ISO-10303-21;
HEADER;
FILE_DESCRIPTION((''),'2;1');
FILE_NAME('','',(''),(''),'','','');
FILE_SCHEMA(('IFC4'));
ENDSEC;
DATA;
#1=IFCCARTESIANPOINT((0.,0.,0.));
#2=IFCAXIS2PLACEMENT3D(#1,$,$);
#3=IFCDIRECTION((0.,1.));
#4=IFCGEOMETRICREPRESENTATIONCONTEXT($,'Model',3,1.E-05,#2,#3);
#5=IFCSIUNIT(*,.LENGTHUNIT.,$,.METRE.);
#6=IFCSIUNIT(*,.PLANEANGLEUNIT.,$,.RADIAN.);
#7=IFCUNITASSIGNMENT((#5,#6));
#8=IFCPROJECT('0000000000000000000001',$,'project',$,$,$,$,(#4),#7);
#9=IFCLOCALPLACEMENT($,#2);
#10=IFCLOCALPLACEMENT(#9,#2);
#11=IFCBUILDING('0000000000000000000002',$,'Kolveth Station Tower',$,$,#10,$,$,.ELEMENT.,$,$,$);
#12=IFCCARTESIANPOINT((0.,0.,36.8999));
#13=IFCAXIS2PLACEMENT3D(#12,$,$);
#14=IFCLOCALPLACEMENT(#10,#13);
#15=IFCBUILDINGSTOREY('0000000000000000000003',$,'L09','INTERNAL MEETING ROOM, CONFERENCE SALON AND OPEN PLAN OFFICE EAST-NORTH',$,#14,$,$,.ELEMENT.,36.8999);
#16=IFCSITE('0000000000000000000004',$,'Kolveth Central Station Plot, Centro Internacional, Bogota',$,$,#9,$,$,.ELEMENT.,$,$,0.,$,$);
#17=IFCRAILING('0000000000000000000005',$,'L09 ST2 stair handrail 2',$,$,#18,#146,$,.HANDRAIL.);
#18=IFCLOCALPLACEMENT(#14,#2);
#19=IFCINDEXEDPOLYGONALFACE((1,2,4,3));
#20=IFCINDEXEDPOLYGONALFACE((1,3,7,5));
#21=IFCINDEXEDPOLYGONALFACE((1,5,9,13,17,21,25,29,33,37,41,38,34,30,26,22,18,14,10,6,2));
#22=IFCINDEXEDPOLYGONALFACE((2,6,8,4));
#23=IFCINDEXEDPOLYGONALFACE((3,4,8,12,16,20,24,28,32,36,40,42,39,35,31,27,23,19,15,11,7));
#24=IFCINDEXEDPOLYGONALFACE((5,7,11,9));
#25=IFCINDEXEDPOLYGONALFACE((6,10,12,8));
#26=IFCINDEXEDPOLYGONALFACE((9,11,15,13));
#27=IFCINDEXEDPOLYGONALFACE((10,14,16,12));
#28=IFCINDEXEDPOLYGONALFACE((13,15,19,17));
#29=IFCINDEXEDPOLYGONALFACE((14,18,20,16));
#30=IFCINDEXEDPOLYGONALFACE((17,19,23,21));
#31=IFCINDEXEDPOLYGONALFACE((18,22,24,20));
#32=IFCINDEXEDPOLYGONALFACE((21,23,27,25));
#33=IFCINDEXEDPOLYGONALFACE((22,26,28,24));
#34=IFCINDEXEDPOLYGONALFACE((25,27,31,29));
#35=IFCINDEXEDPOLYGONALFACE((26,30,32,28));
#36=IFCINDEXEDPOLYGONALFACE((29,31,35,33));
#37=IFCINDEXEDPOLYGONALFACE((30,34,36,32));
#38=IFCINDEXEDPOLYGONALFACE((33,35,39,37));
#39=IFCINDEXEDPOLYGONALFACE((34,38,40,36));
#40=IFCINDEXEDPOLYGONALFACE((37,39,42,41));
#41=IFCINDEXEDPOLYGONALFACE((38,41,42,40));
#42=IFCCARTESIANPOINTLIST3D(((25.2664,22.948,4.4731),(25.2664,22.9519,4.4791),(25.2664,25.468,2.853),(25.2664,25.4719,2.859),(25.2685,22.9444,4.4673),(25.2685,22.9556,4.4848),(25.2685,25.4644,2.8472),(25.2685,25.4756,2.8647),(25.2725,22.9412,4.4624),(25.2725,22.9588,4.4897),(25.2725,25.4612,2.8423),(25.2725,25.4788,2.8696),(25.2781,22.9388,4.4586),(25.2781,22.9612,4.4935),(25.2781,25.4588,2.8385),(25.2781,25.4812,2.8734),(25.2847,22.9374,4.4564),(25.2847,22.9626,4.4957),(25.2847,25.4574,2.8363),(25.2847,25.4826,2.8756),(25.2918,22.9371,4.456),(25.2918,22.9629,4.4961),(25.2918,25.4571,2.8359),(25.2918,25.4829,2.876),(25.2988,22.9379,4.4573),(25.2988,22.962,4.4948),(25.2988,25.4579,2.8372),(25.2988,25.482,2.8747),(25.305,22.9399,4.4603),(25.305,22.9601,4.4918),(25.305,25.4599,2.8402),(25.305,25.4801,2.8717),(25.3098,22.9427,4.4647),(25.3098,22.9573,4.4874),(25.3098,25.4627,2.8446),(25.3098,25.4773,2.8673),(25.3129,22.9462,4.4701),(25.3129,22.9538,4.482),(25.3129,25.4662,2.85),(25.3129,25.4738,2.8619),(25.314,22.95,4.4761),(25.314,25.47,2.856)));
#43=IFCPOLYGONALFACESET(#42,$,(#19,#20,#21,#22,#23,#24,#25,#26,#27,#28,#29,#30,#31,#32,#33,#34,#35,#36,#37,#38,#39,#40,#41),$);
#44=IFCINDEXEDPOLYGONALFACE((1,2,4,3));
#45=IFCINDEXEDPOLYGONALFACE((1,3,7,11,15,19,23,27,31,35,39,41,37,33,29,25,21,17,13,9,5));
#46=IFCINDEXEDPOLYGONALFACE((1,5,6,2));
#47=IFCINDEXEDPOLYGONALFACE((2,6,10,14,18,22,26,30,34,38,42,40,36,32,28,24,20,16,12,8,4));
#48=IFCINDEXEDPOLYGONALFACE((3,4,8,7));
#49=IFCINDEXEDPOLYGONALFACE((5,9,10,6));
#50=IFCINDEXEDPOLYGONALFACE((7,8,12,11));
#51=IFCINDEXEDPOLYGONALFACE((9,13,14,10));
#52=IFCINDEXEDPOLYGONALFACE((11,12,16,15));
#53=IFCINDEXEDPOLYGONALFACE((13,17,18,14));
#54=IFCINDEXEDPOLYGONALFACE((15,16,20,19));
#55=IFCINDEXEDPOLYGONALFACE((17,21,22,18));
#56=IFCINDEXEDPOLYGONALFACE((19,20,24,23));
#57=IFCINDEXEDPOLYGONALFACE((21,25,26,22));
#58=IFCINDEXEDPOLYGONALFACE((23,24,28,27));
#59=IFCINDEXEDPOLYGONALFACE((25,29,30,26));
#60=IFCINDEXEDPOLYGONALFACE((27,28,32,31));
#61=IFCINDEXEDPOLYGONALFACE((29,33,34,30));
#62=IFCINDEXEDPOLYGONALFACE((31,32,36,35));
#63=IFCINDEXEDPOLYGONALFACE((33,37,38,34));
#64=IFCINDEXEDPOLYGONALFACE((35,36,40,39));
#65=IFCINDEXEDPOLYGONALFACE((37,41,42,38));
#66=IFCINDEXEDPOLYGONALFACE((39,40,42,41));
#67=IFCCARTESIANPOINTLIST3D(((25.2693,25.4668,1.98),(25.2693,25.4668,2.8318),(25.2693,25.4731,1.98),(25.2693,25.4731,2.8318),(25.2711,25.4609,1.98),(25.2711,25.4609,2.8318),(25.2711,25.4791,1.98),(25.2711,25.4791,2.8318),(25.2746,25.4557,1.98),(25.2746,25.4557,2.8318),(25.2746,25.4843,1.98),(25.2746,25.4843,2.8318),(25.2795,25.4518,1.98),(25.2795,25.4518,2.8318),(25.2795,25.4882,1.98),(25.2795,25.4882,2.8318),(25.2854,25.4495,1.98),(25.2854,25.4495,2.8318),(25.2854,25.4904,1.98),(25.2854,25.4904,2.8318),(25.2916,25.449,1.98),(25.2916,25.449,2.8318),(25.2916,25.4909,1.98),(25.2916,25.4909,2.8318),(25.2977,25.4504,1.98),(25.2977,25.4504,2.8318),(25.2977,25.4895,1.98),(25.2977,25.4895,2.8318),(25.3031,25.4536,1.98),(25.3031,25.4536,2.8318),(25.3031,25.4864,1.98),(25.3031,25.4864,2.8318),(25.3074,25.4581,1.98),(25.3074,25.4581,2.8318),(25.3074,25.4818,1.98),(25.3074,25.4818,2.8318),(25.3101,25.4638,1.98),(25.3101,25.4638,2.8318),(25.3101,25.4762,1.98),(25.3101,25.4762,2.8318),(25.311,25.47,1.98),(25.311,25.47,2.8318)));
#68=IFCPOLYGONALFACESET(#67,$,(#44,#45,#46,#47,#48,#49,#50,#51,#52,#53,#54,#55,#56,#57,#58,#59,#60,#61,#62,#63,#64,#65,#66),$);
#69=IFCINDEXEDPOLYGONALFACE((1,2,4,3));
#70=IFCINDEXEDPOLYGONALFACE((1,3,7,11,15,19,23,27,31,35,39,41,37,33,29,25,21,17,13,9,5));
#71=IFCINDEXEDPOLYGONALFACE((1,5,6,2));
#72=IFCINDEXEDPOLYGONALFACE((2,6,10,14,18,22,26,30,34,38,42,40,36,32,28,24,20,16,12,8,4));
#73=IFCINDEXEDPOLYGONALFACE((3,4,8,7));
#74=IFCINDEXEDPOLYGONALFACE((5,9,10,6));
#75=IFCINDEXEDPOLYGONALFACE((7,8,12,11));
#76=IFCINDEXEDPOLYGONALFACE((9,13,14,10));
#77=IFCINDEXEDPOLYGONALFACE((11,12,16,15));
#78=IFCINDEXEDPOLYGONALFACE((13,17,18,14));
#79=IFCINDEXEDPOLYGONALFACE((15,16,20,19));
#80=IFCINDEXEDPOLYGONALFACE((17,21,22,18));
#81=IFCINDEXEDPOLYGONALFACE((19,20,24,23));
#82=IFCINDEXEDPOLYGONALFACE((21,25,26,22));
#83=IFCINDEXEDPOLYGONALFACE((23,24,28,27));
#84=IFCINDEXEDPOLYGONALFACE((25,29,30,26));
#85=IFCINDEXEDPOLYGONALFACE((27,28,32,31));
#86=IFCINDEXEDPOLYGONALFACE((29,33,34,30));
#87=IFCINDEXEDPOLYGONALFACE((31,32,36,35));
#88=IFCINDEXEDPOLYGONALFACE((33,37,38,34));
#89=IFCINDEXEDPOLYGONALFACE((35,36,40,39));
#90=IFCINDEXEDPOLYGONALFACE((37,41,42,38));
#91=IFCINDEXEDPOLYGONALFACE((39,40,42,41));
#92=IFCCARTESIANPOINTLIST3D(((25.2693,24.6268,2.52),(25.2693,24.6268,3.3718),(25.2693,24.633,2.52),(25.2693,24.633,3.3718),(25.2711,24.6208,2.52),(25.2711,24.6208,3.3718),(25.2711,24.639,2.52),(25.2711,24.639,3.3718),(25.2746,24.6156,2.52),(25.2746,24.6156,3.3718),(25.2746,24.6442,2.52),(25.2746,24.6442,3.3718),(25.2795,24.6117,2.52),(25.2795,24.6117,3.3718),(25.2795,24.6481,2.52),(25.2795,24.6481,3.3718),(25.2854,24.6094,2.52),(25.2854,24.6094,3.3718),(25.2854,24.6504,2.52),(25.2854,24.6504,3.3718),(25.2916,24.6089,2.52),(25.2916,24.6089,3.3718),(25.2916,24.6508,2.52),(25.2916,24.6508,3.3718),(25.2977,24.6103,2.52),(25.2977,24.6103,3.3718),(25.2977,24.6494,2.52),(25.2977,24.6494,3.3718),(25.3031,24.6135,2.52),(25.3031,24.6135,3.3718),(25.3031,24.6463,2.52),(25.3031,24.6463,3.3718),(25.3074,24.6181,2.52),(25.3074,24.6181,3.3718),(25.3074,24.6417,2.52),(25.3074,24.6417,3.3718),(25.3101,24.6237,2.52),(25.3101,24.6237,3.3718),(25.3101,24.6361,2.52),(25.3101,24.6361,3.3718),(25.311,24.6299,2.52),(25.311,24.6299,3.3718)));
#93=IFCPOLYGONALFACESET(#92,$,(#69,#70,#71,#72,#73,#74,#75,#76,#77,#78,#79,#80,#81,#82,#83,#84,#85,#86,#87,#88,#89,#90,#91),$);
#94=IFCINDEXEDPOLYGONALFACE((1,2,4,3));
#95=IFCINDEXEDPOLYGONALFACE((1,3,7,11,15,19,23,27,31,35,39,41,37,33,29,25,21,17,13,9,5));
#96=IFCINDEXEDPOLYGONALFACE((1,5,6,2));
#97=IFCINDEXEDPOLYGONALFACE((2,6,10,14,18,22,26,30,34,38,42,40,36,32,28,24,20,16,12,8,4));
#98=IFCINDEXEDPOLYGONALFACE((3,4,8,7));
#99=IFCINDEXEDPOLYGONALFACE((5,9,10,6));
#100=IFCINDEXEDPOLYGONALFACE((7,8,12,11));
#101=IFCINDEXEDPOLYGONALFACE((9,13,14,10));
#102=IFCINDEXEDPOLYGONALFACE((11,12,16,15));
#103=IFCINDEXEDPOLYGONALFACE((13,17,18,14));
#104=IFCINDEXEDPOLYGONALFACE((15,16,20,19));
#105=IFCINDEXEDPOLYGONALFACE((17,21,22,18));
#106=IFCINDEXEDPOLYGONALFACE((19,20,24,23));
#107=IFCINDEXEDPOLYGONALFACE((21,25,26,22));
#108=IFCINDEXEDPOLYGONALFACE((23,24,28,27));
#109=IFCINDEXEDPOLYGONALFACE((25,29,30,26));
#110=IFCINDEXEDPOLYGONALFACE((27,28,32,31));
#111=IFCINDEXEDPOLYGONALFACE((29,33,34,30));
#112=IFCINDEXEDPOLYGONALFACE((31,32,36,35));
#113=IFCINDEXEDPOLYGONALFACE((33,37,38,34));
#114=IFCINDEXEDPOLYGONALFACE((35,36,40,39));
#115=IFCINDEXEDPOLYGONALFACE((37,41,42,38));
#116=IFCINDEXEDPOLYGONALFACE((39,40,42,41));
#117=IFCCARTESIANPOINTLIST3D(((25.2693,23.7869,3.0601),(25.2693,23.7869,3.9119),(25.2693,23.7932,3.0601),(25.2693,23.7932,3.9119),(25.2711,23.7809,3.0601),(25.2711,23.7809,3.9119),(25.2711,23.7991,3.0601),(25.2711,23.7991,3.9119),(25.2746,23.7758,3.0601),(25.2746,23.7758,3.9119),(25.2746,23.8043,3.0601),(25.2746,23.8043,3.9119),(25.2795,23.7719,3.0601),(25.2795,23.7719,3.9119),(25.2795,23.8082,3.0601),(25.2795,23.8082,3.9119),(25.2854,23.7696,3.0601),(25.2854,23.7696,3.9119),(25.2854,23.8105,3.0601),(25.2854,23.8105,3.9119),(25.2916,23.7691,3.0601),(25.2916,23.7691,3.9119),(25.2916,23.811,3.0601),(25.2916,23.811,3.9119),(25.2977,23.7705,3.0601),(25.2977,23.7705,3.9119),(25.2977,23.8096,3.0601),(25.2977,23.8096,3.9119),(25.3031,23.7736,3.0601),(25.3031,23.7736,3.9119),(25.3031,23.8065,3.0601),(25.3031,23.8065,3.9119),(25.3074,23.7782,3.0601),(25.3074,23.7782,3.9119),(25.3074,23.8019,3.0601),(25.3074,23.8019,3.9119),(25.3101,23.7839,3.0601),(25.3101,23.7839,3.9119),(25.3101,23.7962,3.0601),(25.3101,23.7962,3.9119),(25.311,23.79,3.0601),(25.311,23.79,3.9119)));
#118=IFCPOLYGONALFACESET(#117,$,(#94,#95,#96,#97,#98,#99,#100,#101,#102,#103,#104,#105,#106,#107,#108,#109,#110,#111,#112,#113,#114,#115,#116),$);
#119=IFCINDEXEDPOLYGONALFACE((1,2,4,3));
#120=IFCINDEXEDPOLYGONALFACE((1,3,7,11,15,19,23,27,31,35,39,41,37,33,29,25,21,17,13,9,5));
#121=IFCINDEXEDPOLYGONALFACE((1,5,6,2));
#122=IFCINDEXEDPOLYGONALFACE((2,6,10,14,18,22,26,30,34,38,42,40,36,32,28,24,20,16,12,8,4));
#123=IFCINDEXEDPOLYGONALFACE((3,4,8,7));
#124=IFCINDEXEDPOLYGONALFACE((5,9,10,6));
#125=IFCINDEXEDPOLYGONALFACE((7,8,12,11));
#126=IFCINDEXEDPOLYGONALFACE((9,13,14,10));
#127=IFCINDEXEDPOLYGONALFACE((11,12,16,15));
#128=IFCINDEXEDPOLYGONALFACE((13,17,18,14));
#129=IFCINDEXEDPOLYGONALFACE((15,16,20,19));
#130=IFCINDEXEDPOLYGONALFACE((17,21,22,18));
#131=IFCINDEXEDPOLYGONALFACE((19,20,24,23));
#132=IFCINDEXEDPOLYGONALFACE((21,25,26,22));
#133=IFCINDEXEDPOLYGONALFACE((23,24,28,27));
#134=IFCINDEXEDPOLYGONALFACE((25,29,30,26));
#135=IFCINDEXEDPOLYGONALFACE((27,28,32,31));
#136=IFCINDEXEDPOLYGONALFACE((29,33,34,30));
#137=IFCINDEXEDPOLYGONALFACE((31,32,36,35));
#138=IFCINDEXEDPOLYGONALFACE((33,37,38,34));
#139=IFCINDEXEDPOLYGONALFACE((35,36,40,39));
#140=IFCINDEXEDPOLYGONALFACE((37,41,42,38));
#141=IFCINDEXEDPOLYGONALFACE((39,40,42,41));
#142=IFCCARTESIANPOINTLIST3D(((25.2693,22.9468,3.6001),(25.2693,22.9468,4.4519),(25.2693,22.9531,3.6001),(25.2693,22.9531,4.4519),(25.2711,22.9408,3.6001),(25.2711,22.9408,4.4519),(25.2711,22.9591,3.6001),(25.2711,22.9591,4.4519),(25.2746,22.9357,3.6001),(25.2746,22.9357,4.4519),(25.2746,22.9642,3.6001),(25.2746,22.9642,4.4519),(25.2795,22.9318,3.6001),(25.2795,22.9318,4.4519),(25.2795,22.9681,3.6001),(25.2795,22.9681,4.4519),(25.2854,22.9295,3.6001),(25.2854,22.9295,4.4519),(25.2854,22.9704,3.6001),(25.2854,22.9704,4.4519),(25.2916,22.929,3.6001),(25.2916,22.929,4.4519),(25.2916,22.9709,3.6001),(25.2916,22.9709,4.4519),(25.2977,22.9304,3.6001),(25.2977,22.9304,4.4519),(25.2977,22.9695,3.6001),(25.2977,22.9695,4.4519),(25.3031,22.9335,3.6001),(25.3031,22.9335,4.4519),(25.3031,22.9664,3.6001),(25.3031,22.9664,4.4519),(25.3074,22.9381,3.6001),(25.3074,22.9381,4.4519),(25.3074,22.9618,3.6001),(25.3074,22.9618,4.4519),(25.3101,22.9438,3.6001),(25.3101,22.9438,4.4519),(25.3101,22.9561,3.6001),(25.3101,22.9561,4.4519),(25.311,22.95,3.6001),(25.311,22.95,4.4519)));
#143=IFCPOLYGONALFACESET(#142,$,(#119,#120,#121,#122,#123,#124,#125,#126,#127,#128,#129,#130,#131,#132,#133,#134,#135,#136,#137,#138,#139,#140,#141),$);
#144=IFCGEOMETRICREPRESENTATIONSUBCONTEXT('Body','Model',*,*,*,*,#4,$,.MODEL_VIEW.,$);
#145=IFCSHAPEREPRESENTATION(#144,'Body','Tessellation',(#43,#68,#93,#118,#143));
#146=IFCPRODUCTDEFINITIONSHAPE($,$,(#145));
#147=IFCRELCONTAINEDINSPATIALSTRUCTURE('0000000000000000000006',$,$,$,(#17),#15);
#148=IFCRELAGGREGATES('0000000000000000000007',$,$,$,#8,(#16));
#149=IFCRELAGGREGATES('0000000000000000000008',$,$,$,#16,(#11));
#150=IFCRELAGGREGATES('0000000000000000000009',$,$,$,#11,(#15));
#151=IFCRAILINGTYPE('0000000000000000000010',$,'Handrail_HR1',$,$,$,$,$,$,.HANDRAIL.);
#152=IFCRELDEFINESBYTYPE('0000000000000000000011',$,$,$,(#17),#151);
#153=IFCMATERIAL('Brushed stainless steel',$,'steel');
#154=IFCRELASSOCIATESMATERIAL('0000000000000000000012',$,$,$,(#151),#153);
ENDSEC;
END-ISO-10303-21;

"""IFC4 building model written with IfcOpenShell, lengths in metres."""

from ifc_helpers import new_model, si_unit, direction, frame, origin, origin_2d, place, context, subcontext, project, spatial, circle, extrude, material, type_object, element, save


model = new_model("IFC4")

# Units and contexts
model_context = context("Model", 3, precision=1e-05, world=origin(), true_north=direction((0.0, 1.0)))
body_context = subcontext(model_context, "Body", "Model", "MODEL_VIEW")
ifc_project = project(units=[si_unit("LENGTHUNIT", "METRE"), si_unit("PLANEANGLEUNIT", "RADIAN")], contexts=[model_context])

# Site, building, storey
site_placement = place(None, origin())
site = spatial("IfcSite", under=ifc_project, at=site_placement, Name="Kolveth Central Station Plot, Centro Internacional, Bogota", CompositionType="ELEMENT", RefElevation=0.0)
building_placement = place(site_placement, origin())
building = spatial("IfcBuilding", under=site, at=building_placement, Name="Kolveth Station Tower", CompositionType="ELEMENT")
storey_placement = place(building_placement, frame((0.0, 0.0, 36.8999)))
storey = spatial("IfcBuildingStorey", under=building, at=storey_placement, Name="L09", Description="INTERNAL MEETING ROOM, CONFERENCE SALON AND OPEN PLAN OFFICE EAST-NORTH", CompositionType="ELEMENT", Elevation=36.8999)

# Railing
ifc_material_1 = material(Name="Brushed stainless steel", Category="steel")
railing_type_1 = type_object("IfcRailingType", Name="Handrail_HR1", PredefinedType="HANDRAIL", material=ifc_material_1)
railing_1_placement = place(storey_placement, frame((25.29, 25.47, 1.98)))
element("IfcRailing", 1, at=railing_1_placement, inside=storey, type_object=railing_type_1, Name="L09 ST2 stair handrail 2", PredefinedType="HANDRAIL", context=body_context, shape_type="SweptSolid", body=[
    extrude(circle(Radius=0.0239, at=origin_2d()), frame((0.0, 0.0, 0.876), z_axis=(0.0, -0.841163, 0.540782), x_axis=(1.0, 0.0, 0.0)), (0.0, 0.0, 1.0), 2.9958),
    extrude(circle(Radius=0.021, at=origin_2d()), origin(), (0.0, 0.0, 1.0), 0.8518),
    extrude(circle(Radius=0.021, at=origin_2d()), frame((0.0, -0.8401, 0.54)), (0.0, 0.0, 1.0), 0.8518),
    extrude(circle(Radius=0.021, at=origin_2d()), frame((0.0, -1.6799, 1.0801)), (0.0, 0.0, 1.0), 0.8518),
    extrude(circle(Radius=0.021, at=origin_2d()), frame((0.0, -2.52, 1.6201)), (0.0, 0.0, 1.0), 0.8518),
])

save(model, "model.ifc")
